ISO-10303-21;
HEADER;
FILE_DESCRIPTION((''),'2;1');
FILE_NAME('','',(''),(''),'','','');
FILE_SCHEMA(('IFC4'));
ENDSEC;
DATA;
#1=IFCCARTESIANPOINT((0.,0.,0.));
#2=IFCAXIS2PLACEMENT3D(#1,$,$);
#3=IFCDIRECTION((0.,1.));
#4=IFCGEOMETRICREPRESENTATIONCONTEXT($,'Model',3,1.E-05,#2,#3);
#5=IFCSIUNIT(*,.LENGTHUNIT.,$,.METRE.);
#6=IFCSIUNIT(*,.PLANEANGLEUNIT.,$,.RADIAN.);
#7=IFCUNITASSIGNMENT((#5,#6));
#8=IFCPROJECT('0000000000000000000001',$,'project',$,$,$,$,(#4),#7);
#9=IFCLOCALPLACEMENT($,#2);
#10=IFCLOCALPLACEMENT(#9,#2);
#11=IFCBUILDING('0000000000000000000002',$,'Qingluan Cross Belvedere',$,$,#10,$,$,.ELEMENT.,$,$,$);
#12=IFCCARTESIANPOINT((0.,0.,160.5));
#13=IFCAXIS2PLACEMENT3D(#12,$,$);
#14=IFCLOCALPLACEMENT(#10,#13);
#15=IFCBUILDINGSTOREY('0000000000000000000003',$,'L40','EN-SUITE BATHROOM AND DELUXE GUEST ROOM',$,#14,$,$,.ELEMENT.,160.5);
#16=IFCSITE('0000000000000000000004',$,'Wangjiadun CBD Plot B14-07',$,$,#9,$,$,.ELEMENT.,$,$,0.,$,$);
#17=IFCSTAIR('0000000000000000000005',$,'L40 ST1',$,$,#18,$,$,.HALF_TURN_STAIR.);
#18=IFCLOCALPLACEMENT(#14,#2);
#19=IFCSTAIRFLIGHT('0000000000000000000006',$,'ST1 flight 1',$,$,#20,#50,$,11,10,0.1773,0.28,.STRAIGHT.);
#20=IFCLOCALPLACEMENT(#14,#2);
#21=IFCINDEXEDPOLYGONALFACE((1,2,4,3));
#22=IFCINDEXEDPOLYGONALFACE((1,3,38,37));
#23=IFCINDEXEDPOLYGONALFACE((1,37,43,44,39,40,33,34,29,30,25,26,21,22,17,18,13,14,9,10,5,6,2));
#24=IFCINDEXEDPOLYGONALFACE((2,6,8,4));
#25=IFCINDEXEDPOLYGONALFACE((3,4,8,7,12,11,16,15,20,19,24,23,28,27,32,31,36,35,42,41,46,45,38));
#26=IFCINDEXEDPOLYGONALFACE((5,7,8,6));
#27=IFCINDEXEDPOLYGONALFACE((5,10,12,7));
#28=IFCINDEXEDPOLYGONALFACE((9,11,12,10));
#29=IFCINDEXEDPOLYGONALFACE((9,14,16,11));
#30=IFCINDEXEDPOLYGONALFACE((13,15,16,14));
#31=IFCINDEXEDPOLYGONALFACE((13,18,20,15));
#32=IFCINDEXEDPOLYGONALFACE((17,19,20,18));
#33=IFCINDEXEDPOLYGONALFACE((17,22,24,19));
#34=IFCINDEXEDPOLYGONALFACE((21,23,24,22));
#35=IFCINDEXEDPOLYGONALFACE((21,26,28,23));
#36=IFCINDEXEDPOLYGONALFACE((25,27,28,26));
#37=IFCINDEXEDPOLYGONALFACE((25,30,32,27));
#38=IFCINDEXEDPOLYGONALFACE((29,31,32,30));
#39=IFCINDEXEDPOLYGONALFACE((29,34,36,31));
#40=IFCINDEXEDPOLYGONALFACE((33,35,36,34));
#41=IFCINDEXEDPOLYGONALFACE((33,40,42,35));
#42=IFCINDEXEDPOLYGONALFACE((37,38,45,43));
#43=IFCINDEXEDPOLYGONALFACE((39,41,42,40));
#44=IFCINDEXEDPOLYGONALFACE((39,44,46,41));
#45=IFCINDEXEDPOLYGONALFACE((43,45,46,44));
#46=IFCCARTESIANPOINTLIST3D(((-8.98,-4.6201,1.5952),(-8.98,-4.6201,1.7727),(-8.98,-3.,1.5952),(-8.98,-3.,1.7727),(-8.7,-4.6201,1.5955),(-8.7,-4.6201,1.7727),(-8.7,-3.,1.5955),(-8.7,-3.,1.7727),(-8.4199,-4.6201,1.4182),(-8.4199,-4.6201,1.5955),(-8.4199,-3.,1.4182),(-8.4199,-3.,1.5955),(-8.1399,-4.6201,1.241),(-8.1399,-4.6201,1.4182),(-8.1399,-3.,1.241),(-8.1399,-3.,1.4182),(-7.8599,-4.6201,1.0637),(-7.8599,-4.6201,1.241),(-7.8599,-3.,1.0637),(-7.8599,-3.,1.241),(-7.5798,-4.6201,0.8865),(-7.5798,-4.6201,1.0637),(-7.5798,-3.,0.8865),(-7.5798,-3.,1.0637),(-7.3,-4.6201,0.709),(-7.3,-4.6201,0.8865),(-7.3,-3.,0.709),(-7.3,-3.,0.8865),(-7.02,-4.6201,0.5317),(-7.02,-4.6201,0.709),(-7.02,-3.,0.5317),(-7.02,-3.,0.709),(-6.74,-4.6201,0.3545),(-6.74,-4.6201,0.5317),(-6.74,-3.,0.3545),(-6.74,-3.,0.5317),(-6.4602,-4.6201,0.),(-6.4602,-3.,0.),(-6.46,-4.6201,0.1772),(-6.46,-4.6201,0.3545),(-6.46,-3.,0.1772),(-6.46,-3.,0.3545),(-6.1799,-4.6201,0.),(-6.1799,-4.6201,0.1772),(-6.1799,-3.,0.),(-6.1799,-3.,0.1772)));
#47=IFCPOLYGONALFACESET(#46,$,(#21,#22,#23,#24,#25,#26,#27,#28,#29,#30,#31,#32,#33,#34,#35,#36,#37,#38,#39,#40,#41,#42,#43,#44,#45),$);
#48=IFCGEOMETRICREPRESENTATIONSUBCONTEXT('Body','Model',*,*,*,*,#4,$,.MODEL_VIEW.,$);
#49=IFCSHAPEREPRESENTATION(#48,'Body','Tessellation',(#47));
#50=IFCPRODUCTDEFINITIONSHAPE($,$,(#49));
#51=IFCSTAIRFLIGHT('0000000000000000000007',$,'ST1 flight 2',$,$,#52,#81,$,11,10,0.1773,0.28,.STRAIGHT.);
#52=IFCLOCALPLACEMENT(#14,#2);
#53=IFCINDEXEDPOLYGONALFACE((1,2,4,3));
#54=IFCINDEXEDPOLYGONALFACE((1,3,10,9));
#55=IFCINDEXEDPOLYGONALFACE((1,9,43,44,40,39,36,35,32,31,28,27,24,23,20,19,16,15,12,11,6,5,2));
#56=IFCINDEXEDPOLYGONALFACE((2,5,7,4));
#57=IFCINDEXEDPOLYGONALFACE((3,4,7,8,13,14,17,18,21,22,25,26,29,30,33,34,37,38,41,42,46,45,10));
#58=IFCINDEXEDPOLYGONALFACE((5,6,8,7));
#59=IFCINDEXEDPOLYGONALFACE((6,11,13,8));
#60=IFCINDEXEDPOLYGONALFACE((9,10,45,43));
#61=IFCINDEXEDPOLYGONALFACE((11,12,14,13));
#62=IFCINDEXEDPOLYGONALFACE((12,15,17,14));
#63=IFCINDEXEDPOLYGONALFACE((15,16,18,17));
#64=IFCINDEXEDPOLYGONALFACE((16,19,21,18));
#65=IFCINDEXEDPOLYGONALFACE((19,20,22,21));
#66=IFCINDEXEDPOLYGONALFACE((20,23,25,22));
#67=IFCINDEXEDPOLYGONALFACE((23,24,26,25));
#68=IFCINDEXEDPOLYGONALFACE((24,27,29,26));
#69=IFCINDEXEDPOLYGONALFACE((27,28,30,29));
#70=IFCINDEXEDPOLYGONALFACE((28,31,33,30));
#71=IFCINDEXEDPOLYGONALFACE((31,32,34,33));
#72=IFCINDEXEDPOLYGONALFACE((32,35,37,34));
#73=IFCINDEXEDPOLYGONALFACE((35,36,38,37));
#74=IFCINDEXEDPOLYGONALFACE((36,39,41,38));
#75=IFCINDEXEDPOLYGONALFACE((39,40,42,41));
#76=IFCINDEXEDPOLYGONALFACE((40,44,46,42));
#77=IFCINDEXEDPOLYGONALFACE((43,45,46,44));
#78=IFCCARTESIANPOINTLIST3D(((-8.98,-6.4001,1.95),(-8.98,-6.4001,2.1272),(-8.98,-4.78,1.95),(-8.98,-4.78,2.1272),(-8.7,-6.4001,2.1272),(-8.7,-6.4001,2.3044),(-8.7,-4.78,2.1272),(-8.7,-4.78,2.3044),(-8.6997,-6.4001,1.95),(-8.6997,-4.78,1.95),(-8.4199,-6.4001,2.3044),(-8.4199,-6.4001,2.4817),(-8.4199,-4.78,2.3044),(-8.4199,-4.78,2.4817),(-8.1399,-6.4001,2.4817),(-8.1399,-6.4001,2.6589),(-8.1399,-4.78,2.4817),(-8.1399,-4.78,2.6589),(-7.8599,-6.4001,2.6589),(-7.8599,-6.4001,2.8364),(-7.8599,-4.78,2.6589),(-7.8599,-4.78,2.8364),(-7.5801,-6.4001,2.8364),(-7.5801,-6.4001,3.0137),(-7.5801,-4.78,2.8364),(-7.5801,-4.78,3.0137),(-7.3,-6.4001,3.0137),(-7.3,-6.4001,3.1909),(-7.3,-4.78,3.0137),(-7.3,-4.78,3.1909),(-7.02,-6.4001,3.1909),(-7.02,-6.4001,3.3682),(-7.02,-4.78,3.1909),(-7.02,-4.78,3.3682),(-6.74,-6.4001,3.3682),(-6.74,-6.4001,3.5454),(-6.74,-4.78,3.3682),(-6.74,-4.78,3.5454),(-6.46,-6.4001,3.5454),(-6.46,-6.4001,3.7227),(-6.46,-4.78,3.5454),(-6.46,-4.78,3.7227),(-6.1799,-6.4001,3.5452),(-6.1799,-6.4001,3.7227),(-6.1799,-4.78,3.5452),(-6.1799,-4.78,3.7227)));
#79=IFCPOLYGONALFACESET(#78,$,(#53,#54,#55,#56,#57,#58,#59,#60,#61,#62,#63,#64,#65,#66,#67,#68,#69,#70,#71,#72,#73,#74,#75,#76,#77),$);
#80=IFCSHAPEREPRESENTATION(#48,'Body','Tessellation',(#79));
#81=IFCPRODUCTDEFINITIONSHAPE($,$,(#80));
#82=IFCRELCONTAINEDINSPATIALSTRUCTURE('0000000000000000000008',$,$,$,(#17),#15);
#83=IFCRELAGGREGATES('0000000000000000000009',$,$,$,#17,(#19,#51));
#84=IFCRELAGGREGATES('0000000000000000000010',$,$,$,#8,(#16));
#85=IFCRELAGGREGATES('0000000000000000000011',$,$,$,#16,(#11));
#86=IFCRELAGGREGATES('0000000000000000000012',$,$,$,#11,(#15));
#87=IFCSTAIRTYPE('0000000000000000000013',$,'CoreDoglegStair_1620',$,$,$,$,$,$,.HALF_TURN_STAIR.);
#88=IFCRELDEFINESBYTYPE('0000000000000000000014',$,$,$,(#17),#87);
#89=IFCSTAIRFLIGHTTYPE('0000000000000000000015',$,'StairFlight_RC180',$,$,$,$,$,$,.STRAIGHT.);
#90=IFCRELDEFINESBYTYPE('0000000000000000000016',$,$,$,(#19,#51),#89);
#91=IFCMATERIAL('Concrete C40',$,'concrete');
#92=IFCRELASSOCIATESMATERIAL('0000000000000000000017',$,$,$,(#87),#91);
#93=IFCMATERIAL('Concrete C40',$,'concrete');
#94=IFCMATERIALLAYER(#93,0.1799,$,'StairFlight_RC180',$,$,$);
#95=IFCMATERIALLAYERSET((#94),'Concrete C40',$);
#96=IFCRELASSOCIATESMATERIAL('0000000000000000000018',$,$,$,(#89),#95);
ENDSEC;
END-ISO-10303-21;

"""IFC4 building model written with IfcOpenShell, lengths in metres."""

from ifc_helpers import new_model, si_unit, direction, frame, origin, place, context, subcontext, project, spatial, polyline, outline, extrude, material, layer, layer_set, type_object, element, aggregate, save


model = new_model("IFC4")

# Units and contexts
model_context = context("Model", 3, precision=1e-05, world=origin(), true_north=direction((0.0, 1.0)))
body_context = subcontext(model_context, "Body", "Model", "MODEL_VIEW")
ifc_project = project(units=[si_unit("LENGTHUNIT", "METRE"), si_unit("PLANEANGLEUNIT", "RADIAN")], contexts=[model_context])

# Site, building, storey
site_placement = place(None, origin())
site = spatial("IfcSite", under=ifc_project, at=site_placement, Name="Wangjiadun CBD Plot B14-07", CompositionType="ELEMENT", RefElevation=0.0)
building_placement = place(site_placement, origin())
building = spatial("IfcBuilding", under=site, at=building_placement, Name="Qingluan Cross Belvedere", CompositionType="ELEMENT")
storey_placement = place(building_placement, frame((0.0, 0.0, 160.5)))
storey = spatial("IfcBuildingStorey", under=building, at=storey_placement, Name="L40", Description="EN-SUITE BATHROOM AND DELUXE GUEST ROOM", CompositionType="ELEMENT", Elevation=160.5)

# Stair, stair flights
ifc_material_1 = material(Name="Concrete C40", Category="concrete")
stair_type = type_object("IfcStairType", Name="CoreDoglegStair_1620", PredefinedType="HALF_TURN_STAIR", material=ifc_material_1)
stair_placement = place(storey_placement, origin())
stair = element("IfcStair", 1, at=stair_placement, inside=storey, type_object=stair_type, Name="L40 ST1", PredefinedType="HALF_TURN_STAIR")
ifc_material_2 = material(Name="Concrete C40", Category="concrete")
ifc_layer_1 = layer(ifc_material_2, 0.1799, Name="StairFlight_RC180")
ifc_layer_set_1 = layer_set([ifc_layer_1], Name="Concrete C40")
stair_flight_type = type_object("IfcStairFlightType", Name="StairFlight_RC180", PredefinedType="STRAIGHT", material=ifc_layer_set_1)
stair_flight_1_placement = place(storey_placement, frame((-6.1799, -3.8101, 0.0), z_axis=(0.0, 0.0, 1.0), x_axis=(-1.0, 0.0, 0.0)))
stair_flight_1 = element("IfcStairFlight", 2, at=stair_flight_1_placement, type_object=stair_flight_type, Name="ST1 flight 1", NumberOfRisers=11, NumberOfTreads=10, PredefinedType="STRAIGHT", RiserHeight=0.1773, TreadLength=0.28, context=body_context, shape_type="SweptSolid", body=[
    extrude(outline(polyline([(0.0, 0.0), (0.0, 0.1772), (0.28, 0.1772), (0.28, 0.3545), (0.5601, 0.3545), (0.5601, 0.5317), (0.8401, 0.5317), (0.8401, 0.709), (1.1201, 0.709), (1.1201, 0.8865), (1.3999, 0.8865), (1.3999, 1.0637), (1.6799, 1.0637), (1.6799, 1.241), (1.96, 1.241), (1.96, 1.4182), (2.24, 1.4182), (2.24, 1.5955), (2.52, 1.5955), (2.52, 1.7727), (2.8, 1.7727), (2.8, 1.95), (2.8, 1.5952), (0.2803, 0.0), (0.0, 0.0)])), frame((0.0, 0.8101, 0.0), z_axis=(0.0, -1.0, 0.0), x_axis=(1.0, 0.0, 0.0)), (0.0, 0.0, 1.0), 1.6201),
])
stair_flight_2_placement = place(storey_placement, frame((-8.98, -5.5901, 1.95), z_axis=(0.0, 0.0, 1.0), x_axis=(1.0, 0.0, 0.0)))
stair_flight_2 = element("IfcStairFlight", 3, at=stair_flight_2_placement, type_object=stair_flight_type, Name="ST1 flight 2", NumberOfRisers=11, NumberOfTreads=10, PredefinedType="STRAIGHT", RiserHeight=0.1773, TreadLength=0.28, context=body_context, shape_type="SweptSolid", body=[
    extrude(outline(polyline([(0.0, 0.0), (0.0, 0.1772), (0.28, 0.1772), (0.28, 0.3545), (0.5601, 0.3545), (0.5601, 0.5317), (0.8401, 0.5317), (0.8401, 0.709), (1.1201, 0.709), (1.1201, 0.8865), (1.3999, 0.8865), (1.3999, 1.0637), (1.6799, 1.0637), (1.6799, 1.241), (1.96, 1.241), (1.96, 1.4182), (2.24, 1.4182), (2.24, 1.5955), (2.52, 1.5955), (2.52, 1.7727), (2.8, 1.7727), (2.8, 1.95), (2.8, 1.5952), (0.2803, 0.0), (0.0, 0.0)])), frame((0.0, 0.8101, 0.0), z_axis=(0.0, -1.0, 0.0), x_axis=(1.0, 0.0, 0.0)), (0.0, 0.0, 1.0), 1.6201),
])
aggregate(stair, [stair_flight_1, stair_flight_2])

save(model, "model.ifc")
